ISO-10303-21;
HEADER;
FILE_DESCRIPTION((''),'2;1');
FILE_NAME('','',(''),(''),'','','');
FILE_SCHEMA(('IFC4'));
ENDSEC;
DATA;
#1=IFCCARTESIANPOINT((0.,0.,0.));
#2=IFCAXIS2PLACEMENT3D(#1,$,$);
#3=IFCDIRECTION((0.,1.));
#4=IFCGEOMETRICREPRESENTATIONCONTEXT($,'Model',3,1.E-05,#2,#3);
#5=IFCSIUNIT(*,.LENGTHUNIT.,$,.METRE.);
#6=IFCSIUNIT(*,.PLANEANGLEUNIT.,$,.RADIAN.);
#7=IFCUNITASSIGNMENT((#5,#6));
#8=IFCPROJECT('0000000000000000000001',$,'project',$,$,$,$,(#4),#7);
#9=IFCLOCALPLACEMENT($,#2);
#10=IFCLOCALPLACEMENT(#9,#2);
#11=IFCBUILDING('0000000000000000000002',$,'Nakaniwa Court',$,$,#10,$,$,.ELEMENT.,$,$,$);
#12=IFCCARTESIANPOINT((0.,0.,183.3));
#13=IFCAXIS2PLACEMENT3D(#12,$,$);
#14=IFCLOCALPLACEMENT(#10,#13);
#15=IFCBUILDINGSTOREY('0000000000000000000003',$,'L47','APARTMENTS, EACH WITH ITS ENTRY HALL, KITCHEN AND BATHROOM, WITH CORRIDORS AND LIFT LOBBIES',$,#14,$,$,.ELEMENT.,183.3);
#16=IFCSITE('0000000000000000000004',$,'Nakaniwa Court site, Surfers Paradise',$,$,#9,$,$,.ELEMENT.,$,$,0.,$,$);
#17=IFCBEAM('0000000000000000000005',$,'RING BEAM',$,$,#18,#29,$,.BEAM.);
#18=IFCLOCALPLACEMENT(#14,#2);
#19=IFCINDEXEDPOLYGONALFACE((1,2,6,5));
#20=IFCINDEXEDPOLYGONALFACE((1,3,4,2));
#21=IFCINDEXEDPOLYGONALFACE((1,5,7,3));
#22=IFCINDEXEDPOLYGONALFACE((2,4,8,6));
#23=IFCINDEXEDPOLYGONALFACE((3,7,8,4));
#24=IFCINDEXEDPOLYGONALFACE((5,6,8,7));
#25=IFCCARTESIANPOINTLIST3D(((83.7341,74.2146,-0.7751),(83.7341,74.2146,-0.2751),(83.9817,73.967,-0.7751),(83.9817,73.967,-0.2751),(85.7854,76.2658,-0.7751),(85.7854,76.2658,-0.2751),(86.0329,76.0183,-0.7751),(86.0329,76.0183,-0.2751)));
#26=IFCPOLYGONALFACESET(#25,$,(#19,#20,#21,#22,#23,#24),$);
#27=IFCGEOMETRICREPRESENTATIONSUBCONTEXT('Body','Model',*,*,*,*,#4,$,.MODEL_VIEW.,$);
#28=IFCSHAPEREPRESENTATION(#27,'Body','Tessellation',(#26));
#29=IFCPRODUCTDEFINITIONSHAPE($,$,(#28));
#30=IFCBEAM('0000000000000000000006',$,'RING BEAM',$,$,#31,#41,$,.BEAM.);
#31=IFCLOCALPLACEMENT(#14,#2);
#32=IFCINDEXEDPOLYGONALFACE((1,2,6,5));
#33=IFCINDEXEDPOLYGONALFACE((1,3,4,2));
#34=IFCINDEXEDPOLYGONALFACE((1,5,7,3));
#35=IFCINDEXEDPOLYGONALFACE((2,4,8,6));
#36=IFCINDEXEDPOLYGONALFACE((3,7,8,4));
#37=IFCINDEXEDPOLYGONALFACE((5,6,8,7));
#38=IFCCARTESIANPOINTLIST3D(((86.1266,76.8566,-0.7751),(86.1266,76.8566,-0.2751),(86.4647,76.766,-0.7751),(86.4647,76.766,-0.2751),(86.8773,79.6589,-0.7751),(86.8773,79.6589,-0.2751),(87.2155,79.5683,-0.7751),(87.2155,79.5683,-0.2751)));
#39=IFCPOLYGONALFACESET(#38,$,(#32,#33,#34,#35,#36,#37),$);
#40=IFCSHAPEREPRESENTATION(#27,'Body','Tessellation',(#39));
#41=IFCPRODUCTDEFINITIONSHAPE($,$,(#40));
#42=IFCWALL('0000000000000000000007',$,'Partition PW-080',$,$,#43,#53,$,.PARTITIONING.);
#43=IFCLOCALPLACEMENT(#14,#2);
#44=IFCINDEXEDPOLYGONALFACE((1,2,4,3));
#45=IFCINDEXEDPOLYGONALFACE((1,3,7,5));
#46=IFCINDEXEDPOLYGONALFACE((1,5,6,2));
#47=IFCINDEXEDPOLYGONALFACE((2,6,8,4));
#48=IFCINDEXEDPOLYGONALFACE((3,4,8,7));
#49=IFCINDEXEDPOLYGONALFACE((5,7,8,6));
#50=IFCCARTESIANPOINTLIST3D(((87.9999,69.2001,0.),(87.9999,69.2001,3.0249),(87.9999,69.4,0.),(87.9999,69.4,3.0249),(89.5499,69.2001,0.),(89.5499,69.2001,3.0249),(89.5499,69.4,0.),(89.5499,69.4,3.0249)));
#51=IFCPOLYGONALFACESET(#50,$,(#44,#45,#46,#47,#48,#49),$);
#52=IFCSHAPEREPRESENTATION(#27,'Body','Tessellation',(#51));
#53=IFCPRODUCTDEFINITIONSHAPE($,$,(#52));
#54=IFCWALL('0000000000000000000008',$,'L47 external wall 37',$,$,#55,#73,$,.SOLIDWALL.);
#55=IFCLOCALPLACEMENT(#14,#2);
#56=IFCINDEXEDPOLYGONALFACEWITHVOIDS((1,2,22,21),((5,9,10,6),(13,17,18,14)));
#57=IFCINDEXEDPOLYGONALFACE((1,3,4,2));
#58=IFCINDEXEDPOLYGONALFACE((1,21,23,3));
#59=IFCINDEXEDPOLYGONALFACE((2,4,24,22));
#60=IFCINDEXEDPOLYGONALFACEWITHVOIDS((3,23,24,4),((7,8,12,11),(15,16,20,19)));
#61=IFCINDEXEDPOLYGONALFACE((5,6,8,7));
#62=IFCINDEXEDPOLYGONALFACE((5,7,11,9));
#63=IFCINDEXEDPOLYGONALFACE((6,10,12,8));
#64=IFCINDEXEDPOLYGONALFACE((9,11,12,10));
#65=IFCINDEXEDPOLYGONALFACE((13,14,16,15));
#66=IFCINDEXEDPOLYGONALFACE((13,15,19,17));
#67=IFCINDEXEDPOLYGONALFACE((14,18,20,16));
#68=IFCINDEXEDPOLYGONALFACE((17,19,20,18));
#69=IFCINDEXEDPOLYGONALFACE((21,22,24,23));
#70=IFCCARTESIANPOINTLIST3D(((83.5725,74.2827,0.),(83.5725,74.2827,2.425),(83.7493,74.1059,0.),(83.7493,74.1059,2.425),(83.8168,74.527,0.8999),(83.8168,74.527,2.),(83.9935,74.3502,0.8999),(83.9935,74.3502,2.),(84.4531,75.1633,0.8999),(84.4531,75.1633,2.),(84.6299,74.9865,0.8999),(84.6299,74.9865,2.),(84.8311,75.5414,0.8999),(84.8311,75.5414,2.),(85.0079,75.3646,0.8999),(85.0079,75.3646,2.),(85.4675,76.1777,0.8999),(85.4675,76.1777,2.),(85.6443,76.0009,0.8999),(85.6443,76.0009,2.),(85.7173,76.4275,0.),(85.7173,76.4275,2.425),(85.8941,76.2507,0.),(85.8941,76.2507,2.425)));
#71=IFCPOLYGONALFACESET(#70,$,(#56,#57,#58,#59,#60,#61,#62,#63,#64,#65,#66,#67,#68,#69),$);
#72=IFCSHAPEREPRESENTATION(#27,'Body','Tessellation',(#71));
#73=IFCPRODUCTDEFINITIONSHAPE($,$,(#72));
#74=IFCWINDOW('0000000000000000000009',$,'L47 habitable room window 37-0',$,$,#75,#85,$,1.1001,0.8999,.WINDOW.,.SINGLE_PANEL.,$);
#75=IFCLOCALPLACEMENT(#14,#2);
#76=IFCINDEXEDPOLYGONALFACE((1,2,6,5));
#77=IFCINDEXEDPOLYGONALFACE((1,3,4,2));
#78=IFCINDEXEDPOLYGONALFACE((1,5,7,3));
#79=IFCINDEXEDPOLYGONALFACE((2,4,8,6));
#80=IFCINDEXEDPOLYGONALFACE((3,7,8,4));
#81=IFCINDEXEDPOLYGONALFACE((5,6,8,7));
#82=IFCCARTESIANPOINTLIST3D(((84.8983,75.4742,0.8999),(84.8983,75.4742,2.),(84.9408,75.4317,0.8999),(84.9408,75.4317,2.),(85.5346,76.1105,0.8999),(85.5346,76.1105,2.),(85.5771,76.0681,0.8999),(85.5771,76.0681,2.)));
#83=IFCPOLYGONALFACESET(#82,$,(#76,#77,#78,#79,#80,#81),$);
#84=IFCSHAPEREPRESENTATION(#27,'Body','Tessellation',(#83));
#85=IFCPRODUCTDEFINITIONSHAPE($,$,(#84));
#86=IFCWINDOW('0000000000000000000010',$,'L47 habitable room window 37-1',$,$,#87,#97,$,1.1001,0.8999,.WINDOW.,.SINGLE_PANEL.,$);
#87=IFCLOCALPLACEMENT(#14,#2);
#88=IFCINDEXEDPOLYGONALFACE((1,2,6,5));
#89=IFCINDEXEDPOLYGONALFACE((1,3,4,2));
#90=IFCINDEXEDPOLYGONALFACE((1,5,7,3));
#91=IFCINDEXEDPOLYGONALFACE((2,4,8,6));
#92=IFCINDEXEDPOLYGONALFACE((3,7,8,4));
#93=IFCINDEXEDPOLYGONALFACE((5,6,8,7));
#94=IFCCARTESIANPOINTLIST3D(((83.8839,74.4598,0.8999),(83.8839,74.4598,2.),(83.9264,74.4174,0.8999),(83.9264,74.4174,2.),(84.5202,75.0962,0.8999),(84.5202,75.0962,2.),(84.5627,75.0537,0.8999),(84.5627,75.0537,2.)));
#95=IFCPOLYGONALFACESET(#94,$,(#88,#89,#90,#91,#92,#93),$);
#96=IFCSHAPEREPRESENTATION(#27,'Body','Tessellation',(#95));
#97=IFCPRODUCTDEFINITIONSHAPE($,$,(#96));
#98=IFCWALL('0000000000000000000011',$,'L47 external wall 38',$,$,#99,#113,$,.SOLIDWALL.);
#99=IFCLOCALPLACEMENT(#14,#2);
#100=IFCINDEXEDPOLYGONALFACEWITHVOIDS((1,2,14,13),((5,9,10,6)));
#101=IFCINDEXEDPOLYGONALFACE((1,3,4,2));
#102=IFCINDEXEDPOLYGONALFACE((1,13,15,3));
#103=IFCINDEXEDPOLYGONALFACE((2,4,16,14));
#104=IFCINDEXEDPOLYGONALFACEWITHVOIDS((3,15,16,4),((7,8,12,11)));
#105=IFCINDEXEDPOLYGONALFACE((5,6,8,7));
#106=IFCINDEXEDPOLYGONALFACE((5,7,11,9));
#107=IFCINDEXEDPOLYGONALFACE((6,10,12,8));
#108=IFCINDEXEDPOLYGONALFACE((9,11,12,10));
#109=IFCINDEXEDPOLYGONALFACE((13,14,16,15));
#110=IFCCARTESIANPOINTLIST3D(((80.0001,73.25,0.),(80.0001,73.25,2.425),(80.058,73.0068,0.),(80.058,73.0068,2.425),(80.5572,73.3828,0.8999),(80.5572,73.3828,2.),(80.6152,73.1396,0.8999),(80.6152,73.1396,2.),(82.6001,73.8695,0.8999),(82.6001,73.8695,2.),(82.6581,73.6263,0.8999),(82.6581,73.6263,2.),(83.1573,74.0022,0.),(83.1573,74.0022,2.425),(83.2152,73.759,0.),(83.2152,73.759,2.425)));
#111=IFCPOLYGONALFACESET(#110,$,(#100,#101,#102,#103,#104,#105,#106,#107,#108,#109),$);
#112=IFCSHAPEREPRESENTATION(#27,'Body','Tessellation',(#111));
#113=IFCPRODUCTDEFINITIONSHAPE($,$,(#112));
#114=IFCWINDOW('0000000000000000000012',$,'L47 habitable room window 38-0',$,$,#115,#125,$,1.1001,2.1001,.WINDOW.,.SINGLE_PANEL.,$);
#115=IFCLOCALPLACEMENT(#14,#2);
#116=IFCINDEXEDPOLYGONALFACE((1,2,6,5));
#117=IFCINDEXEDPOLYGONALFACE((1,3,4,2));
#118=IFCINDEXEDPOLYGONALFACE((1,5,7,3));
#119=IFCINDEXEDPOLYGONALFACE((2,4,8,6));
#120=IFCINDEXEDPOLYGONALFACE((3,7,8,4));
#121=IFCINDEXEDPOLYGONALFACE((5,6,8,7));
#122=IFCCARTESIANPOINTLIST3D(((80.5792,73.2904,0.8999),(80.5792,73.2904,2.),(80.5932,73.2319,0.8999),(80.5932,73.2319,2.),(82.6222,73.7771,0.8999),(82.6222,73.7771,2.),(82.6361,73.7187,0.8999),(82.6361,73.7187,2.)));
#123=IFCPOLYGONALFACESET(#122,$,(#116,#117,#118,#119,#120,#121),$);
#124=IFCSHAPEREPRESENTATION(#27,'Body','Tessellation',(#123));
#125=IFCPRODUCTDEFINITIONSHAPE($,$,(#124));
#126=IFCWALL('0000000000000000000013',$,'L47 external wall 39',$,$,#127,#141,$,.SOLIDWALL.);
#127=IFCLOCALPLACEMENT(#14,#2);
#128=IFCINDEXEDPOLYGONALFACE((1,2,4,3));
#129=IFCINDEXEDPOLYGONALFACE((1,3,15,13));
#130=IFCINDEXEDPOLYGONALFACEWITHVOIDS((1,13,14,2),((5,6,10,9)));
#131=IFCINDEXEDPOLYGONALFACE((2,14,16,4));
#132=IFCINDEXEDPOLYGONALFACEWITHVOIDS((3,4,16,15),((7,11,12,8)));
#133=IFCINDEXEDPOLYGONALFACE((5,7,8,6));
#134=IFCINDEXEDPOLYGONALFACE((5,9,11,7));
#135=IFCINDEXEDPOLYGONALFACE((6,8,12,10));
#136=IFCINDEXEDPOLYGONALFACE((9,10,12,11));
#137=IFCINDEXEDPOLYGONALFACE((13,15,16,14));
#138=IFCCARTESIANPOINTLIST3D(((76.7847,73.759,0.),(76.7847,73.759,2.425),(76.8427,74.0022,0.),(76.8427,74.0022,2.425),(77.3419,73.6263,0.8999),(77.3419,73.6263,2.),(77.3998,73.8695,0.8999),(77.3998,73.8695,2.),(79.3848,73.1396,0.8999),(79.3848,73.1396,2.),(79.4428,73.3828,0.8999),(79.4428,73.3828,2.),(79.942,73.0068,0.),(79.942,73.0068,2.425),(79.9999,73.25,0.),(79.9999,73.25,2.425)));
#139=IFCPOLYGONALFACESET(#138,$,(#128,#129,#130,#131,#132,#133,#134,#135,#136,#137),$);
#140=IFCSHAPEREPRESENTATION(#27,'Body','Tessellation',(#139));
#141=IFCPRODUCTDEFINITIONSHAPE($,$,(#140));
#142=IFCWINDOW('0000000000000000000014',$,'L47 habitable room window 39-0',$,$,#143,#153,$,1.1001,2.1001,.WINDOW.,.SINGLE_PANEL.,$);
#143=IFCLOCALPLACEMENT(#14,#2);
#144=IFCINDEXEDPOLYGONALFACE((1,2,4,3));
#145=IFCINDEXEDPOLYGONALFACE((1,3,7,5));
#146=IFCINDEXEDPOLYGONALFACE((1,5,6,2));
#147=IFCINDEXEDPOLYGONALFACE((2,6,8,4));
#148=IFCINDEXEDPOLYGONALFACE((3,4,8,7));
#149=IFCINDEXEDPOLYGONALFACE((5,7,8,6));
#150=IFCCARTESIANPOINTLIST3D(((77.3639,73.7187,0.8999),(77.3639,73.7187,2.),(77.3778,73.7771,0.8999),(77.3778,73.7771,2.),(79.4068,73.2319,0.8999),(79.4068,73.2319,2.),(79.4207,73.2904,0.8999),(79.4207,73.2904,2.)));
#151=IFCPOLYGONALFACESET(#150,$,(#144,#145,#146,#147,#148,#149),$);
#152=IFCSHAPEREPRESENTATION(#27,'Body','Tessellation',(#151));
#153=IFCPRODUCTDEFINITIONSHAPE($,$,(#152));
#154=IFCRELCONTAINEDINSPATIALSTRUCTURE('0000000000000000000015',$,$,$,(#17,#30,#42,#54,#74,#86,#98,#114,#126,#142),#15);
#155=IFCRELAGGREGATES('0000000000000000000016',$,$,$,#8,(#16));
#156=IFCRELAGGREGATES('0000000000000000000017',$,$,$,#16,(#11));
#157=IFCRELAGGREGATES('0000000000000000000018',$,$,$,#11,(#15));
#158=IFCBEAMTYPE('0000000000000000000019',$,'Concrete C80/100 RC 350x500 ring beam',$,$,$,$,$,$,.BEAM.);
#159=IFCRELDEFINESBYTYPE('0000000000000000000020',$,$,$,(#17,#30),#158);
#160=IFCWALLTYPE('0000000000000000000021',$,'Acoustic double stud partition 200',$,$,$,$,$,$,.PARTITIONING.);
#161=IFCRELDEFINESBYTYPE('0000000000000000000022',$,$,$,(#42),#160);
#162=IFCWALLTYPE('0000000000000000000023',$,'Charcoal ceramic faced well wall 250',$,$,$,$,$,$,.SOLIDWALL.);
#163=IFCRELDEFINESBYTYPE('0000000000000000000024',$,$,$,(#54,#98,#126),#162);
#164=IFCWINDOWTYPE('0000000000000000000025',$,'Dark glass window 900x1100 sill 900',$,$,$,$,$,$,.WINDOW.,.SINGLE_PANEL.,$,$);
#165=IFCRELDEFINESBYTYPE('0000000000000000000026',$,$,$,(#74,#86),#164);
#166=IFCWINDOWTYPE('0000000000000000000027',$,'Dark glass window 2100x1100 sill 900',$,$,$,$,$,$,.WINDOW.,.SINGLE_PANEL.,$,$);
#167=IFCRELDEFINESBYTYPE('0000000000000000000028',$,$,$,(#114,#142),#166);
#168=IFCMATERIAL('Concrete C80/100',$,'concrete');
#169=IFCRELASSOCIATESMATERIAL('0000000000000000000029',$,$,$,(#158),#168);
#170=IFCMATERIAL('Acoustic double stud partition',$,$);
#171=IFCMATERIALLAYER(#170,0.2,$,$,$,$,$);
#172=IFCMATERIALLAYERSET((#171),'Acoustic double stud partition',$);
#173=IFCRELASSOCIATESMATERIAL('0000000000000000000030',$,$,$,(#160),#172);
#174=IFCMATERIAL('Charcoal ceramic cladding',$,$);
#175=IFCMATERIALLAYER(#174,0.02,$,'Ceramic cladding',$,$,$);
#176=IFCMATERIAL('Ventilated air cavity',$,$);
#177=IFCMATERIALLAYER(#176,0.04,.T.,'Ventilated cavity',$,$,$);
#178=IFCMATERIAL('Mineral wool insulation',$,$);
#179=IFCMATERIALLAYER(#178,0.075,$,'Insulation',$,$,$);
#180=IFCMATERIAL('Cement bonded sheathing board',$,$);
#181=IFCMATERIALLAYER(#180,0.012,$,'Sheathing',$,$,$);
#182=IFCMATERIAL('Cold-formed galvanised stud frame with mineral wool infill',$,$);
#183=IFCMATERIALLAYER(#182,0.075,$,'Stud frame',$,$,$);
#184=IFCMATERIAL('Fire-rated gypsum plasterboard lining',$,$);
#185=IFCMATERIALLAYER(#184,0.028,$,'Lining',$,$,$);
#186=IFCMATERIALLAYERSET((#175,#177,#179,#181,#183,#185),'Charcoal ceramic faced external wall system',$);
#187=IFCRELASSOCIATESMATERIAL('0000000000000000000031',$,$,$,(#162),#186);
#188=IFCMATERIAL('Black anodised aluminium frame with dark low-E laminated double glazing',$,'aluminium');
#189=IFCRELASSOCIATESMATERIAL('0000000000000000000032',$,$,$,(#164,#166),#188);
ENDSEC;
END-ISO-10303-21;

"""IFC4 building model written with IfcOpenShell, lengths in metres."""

from ifc_helpers import new_model, si_unit, direction, frame, frame_2d, origin, origin_2d, place, context, subcontext, project, spatial, rectangle, extrude, material, layer, layer_set, material_profile, profile_set, type_object, element, fill, save


model = new_model("IFC4")

# Units and contexts
model_context = context("Model", 3, precision=1e-05, world=origin(), true_north=direction((0.0, 1.0)))
body_context = subcontext(model_context, "Body", "Model", "MODEL_VIEW")
ifc_project = project(units=[si_unit("LENGTHUNIT", "METRE"), si_unit("PLANEANGLEUNIT", "RADIAN")], contexts=[model_context])

# Site, building, storey
site_placement = place(None, origin())
site = spatial("IfcSite", under=ifc_project, at=site_placement, Name="Nakaniwa Court site, Surfers Paradise", CompositionType="ELEMENT", RefElevation=0.0)
building_placement = place(site_placement, origin())
building = spatial("IfcBuilding", under=site, at=building_placement, Name="Nakaniwa Court", CompositionType="ELEMENT")
storey_placement = place(building_placement, frame((0.0, 0.0, 183.3)))
storey = spatial("IfcBuildingStorey", under=building, at=storey_placement, Name="L47", Description="APARTMENTS, EACH WITH ITS ENTRY HALL, KITCHEN AND BATHROOM, WITH CORRIDORS AND LIFT LOBBIES", CompositionType="ELEMENT", Elevation=183.3)

# Shared definitions
ifc_material_1 = material(Name="Concrete C80/100", Category="concrete")

# Beams
ifc_material_profile_1 = material_profile(ifc_material_1, rectangle(XDim=0.3501, YDim=0.5, at=origin_2d()), Name="Concrete C80/100 RC 350x500 ring beam")
ifc_profile_set_1 = profile_set([ifc_material_profile_1], Name="Concrete C80/100")
beam_type = type_object("IfcBeamType", Name="Concrete C80/100 RC 350x500 ring beam", PredefinedType="BEAM", material=ifc_profile_set_1)
beam_1_placement = place(storey_placement, frame((83.8579, 74.0908, -0.5251), z_axis=(0.707107, 0.707107, 0.0), x_axis=(-0.707107, 0.707107, 0.0)))
element("IfcBeam", 1, at=beam_1_placement, inside=storey, type_object=beam_type, Name="RING BEAM", PredefinedType="BEAM", context=body_context, shape_type="SweptSolid", body=[
    extrude(rectangle(XDim=0.3501, YDim=0.5, at=origin_2d()), origin(), (0.0, 0.0, 1.0), 2.9009),
])
beam_2_placement = place(storey_placement, frame((86.2957, 76.8113, -0.5251), z_axis=(0.258778, 0.965937, 0.0), x_axis=(-0.965937, 0.258778, 0.0)))
element("IfcBeam", 2, at=beam_2_placement, inside=storey, type_object=beam_type, Name="RING BEAM", PredefinedType="BEAM", context=body_context, shape_type="SweptSolid", body=[
    extrude(rectangle(XDim=0.3501, YDim=0.5, at=origin_2d()), origin(), (0.0, 0.0, 1.0), 2.9011),
])

# Wall
ifc_material_2 = material(Name="Acoustic double stud partition")
ifc_layer_1 = layer(ifc_material_2, 0.2)
ifc_layer_set_1 = layer_set([ifc_layer_1], Name="Acoustic double stud partition")
wall_type_1 = type_object("IfcWallType", Name="Acoustic double stud partition 200", PredefinedType="PARTITIONING", material=ifc_layer_set_1)
wall_1_placement = place(storey_placement, frame((88.0, 69.3, 0.0), z_axis=(0.0, 0.0, 1.0), x_axis=(1.0, 0.0, 0.0)))
element("IfcWall", 3, at=wall_1_placement, inside=storey, type_object=wall_type_1, Name="Partition PW-080", PredefinedType="PARTITIONING", context=body_context, shape_type="SweptSolid", body=[
    extrude(rectangle(XDim=1.55, YDim=0.2, at=frame_2d((0.7749, 0.0))), origin(), (0.0, 0.0, 1.0), 3.0249),
])

# Wall, openings, windows
ifc_material_3 = material(Name="Charcoal ceramic cladding")
ifc_layer_2 = layer(ifc_material_3, 0.02, Name="Ceramic cladding")
ifc_material_4 = material(Name="Ventilated air cavity")
ifc_layer_3 = layer(ifc_material_4, 0.04, ventilated=True, Name="Ventilated cavity")
ifc_material_5 = material(Name="Mineral wool insulation")
ifc_layer_4 = layer(ifc_material_5, 0.075, Name="Insulation")
ifc_material_6 = material(Name="Cement bonded sheathing board")
ifc_layer_5 = layer(ifc_material_6, 0.012, Name="Sheathing")
ifc_material_7 = material(Name="Cold-formed galvanised stud frame with mineral wool infill")
ifc_layer_6 = layer(ifc_material_7, 0.075, Name="Stud frame")
ifc_material_8 = material(Name="Fire-rated gypsum plasterboard lining")
ifc_layer_7 = layer(ifc_material_8, 0.028, Name="Lining")
ifc_layer_set_2 = layer_set([ifc_layer_2, ifc_layer_3, ifc_layer_4, ifc_layer_5, ifc_layer_6, ifc_layer_7], Name="Charcoal ceramic faced external wall system")
wall_type_2 = type_object("IfcWallType", Name="Charcoal ceramic faced well wall 250", PredefinedType="SOLIDWALL", material=ifc_layer_set_2)
wall_2_placement = place(storey_placement, frame((85.8057, 76.3391, 0.0), z_axis=(0.0, 0.0, 1.0), x_axis=(-0.707107, -0.707107, 0.0)))
wall_2 = element("IfcWall", 4, at=wall_2_placement, inside=storey, type_object=wall_type_2, Name="L47 external wall 37", PredefinedType="SOLIDWALL", context=body_context, shape_type="SweptSolid", body=[
    extrude(rectangle(XDim=3.0332, YDim=0.25, at=frame_2d((1.5166, 0.0))), origin(), (0.0, 0.0, 1.0), 2.425),
])
opening_1_placement = place(wall_2_placement, frame((0.3533, 0.0, 0.8999)))
opening_1 = element("IfcOpeningElement", 5, at=opening_1_placement, cuts=wall_2, PredefinedType="OPENING", context=body_context, shape_type="SweptSolid", body=[
    extrude(rectangle(XDim=0.8999, YDim=1.1001, at=frame_2d((0.45, 0.55))), frame((0.0, 0.135, 0.0), z_axis=(0.0, -1.0, 0.0), x_axis=(1.0, 0.0, 0.0)), (0.0, 0.0, 1.0), 0.27),
])
opening_2_placement = place(wall_2_placement, frame((1.7878, 0.0, 0.8999)))
opening_2 = element("IfcOpeningElement", 6, at=opening_2_placement, cuts=wall_2, PredefinedType="OPENING", context=body_context, shape_type="SweptSolid", body=[
    extrude(rectangle(XDim=0.8999, YDim=1.1001, at=frame_2d((0.45, 0.55))), frame((0.0, 0.135, 0.0), z_axis=(0.0, -1.0, 0.0), x_axis=(1.0, 0.0, 0.0)), (0.0, 0.0, 1.0), 0.27),
])
ifc_material_9 = material(Name="Black anodised aluminium frame with dark low-E laminated double glazing", Category="aluminium")
window_type_1 = type_object("IfcWindowType", Name="Dark glass window 900x1100 sill 900", PartitioningType="SINGLE_PANEL", PredefinedType="WINDOW", material=ifc_material_9)
window_1_placement = place(opening_1_placement, origin())
window_1 = element("IfcWindow", 7, at=window_1_placement, inside=storey, type_object=window_type_1, Name="L47 habitable room window 37-0", OverallHeight=1.1001, OverallWidth=0.8999, PartitioningType="SINGLE_PANEL", PredefinedType="WINDOW", context=body_context, shape_type="SweptSolid", body=[
    extrude(rectangle(XDim=0.8999, YDim=1.1001, at=frame_2d((0.45, 0.55))), frame((0.0, 0.03, 0.0), z_axis=(0.0, -1.0, 0.0), x_axis=(1.0, 0.0, 0.0)), (0.0, 0.0, 1.0), 0.0601),
])
fill(opening_1, window_1)
window_2_placement = place(opening_2_placement, origin())
window_2 = element("IfcWindow", 8, at=window_2_placement, inside=storey, type_object=window_type_1, Name="L47 habitable room window 37-1", OverallHeight=1.1001, OverallWidth=0.8999, PartitioningType="SINGLE_PANEL", PredefinedType="WINDOW", context=body_context, shape_type="SweptSolid", body=[
    extrude(rectangle(XDim=0.8999, YDim=1.1001, at=frame_2d((0.45, 0.55))), frame((0.0, 0.03, 0.0), z_axis=(0.0, -1.0, 0.0), x_axis=(1.0, 0.0, 0.0)), (0.0, 0.0, 1.0), 0.0601),
])
fill(opening_2, window_2)

# Walls, openings, windows
wall_3_placement = place(storey_placement, frame((83.1863, 73.8806, 0.0), z_axis=(0.0, 0.0, 1.0), x_axis=(-0.972773, -0.23176, 0.0)))
wall_3 = element("IfcWall", 9, at=wall_3_placement, inside=storey, type_object=wall_type_2, Name="L47 external wall 38", PredefinedType="SOLIDWALL", context=body_context, shape_type="SweptSolid", body=[
    extrude(rectangle(XDim=3.2456, YDim=0.25, at=frame_2d((1.6228, 0.0))), origin(), (0.0, 0.0, 1.0), 2.425),
])
opening_3_placement = place(wall_3_placement, frame((0.5728, 0.0, 0.8999)))
opening_3 = element("IfcOpeningElement", 10, at=opening_3_placement, cuts=wall_3, PredefinedType="OPENING", context=body_context, shape_type="SweptSolid", body=[
    extrude(rectangle(XDim=2.1001, YDim=1.1001, at=frame_2d((1.05, 0.55))), frame((0.0, 0.135, 0.0), z_axis=(0.0, -1.0, 0.0), x_axis=(1.0, 0.0, 0.0)), (0.0, 0.0, 1.0), 0.27),
])
window_type_2 = type_object("IfcWindowType", Name="Dark glass window 2100x1100 sill 900", PartitioningType="SINGLE_PANEL", PredefinedType="WINDOW", material=ifc_material_9)
window_3_placement = place(opening_3_placement, origin())
window_3 = element("IfcWindow", 11, at=window_3_placement, inside=storey, type_object=window_type_2, Name="L47 habitable room window 38-0", OverallHeight=1.1001, OverallWidth=2.1001, PartitioningType="SINGLE_PANEL", PredefinedType="WINDOW", context=body_context, shape_type="SweptSolid", body=[
    extrude(rectangle(XDim=2.1001, YDim=1.1001, at=frame_2d((1.05, 0.55))), frame((0.0, 0.03, 0.0), z_axis=(0.0, -1.0, 0.0), x_axis=(1.0, 0.0, 0.0)), (0.0, 0.0, 1.0), 0.0601),
])
fill(opening_3, window_3)
wall_4_placement = place(storey_placement, frame((79.9709, 73.1284, 0.0), z_axis=(0.0, 0.0, 1.0), x_axis=(-0.972773, 0.23176, 0.0)))
wall_4 = element("IfcWall", 12, at=wall_4_placement, inside=storey, type_object=wall_type_2, Name="L47 external wall 39", PredefinedType="SOLIDWALL", context=body_context, shape_type="SweptSolid", body=[
    extrude(rectangle(XDim=3.2456, YDim=0.25, at=frame_2d((1.6228, 0.0))), origin(), (0.0, 0.0, 1.0), 2.425),
])
opening_4_placement = place(wall_4_placement, frame((0.5728, 0.0, 0.8999)))
opening_4 = element("IfcOpeningElement", 13, at=opening_4_placement, cuts=wall_4, PredefinedType="OPENING", context=body_context, shape_type="SweptSolid", body=[
    extrude(rectangle(XDim=2.1001, YDim=1.1001, at=frame_2d((1.05, 0.55))), frame((0.0, 0.135, 0.0), z_axis=(0.0, -1.0, 0.0), x_axis=(1.0, 0.0, 0.0)), (0.0, 0.0, 1.0), 0.27),
])
window_4_placement = place(opening_4_placement, origin())
window_4 = element("IfcWindow", 14, at=window_4_placement, inside=storey, type_object=window_type_2, Name="L47 habitable room window 39-0", OverallHeight=1.1001, OverallWidth=2.1001, PartitioningType="SINGLE_PANEL", PredefinedType="WINDOW", context=body_context, shape_type="SweptSolid", body=[
    extrude(rectangle(XDim=2.1001, YDim=1.1001, at=frame_2d((1.05, 0.55))), frame((0.0, 0.03, 0.0), z_axis=(0.0, -1.0, 0.0), x_axis=(1.0, 0.0, 0.0)), (0.0, 0.0, 1.0), 0.0601),
])
fill(opening_4, window_4)

save(model, "model.ifc")
